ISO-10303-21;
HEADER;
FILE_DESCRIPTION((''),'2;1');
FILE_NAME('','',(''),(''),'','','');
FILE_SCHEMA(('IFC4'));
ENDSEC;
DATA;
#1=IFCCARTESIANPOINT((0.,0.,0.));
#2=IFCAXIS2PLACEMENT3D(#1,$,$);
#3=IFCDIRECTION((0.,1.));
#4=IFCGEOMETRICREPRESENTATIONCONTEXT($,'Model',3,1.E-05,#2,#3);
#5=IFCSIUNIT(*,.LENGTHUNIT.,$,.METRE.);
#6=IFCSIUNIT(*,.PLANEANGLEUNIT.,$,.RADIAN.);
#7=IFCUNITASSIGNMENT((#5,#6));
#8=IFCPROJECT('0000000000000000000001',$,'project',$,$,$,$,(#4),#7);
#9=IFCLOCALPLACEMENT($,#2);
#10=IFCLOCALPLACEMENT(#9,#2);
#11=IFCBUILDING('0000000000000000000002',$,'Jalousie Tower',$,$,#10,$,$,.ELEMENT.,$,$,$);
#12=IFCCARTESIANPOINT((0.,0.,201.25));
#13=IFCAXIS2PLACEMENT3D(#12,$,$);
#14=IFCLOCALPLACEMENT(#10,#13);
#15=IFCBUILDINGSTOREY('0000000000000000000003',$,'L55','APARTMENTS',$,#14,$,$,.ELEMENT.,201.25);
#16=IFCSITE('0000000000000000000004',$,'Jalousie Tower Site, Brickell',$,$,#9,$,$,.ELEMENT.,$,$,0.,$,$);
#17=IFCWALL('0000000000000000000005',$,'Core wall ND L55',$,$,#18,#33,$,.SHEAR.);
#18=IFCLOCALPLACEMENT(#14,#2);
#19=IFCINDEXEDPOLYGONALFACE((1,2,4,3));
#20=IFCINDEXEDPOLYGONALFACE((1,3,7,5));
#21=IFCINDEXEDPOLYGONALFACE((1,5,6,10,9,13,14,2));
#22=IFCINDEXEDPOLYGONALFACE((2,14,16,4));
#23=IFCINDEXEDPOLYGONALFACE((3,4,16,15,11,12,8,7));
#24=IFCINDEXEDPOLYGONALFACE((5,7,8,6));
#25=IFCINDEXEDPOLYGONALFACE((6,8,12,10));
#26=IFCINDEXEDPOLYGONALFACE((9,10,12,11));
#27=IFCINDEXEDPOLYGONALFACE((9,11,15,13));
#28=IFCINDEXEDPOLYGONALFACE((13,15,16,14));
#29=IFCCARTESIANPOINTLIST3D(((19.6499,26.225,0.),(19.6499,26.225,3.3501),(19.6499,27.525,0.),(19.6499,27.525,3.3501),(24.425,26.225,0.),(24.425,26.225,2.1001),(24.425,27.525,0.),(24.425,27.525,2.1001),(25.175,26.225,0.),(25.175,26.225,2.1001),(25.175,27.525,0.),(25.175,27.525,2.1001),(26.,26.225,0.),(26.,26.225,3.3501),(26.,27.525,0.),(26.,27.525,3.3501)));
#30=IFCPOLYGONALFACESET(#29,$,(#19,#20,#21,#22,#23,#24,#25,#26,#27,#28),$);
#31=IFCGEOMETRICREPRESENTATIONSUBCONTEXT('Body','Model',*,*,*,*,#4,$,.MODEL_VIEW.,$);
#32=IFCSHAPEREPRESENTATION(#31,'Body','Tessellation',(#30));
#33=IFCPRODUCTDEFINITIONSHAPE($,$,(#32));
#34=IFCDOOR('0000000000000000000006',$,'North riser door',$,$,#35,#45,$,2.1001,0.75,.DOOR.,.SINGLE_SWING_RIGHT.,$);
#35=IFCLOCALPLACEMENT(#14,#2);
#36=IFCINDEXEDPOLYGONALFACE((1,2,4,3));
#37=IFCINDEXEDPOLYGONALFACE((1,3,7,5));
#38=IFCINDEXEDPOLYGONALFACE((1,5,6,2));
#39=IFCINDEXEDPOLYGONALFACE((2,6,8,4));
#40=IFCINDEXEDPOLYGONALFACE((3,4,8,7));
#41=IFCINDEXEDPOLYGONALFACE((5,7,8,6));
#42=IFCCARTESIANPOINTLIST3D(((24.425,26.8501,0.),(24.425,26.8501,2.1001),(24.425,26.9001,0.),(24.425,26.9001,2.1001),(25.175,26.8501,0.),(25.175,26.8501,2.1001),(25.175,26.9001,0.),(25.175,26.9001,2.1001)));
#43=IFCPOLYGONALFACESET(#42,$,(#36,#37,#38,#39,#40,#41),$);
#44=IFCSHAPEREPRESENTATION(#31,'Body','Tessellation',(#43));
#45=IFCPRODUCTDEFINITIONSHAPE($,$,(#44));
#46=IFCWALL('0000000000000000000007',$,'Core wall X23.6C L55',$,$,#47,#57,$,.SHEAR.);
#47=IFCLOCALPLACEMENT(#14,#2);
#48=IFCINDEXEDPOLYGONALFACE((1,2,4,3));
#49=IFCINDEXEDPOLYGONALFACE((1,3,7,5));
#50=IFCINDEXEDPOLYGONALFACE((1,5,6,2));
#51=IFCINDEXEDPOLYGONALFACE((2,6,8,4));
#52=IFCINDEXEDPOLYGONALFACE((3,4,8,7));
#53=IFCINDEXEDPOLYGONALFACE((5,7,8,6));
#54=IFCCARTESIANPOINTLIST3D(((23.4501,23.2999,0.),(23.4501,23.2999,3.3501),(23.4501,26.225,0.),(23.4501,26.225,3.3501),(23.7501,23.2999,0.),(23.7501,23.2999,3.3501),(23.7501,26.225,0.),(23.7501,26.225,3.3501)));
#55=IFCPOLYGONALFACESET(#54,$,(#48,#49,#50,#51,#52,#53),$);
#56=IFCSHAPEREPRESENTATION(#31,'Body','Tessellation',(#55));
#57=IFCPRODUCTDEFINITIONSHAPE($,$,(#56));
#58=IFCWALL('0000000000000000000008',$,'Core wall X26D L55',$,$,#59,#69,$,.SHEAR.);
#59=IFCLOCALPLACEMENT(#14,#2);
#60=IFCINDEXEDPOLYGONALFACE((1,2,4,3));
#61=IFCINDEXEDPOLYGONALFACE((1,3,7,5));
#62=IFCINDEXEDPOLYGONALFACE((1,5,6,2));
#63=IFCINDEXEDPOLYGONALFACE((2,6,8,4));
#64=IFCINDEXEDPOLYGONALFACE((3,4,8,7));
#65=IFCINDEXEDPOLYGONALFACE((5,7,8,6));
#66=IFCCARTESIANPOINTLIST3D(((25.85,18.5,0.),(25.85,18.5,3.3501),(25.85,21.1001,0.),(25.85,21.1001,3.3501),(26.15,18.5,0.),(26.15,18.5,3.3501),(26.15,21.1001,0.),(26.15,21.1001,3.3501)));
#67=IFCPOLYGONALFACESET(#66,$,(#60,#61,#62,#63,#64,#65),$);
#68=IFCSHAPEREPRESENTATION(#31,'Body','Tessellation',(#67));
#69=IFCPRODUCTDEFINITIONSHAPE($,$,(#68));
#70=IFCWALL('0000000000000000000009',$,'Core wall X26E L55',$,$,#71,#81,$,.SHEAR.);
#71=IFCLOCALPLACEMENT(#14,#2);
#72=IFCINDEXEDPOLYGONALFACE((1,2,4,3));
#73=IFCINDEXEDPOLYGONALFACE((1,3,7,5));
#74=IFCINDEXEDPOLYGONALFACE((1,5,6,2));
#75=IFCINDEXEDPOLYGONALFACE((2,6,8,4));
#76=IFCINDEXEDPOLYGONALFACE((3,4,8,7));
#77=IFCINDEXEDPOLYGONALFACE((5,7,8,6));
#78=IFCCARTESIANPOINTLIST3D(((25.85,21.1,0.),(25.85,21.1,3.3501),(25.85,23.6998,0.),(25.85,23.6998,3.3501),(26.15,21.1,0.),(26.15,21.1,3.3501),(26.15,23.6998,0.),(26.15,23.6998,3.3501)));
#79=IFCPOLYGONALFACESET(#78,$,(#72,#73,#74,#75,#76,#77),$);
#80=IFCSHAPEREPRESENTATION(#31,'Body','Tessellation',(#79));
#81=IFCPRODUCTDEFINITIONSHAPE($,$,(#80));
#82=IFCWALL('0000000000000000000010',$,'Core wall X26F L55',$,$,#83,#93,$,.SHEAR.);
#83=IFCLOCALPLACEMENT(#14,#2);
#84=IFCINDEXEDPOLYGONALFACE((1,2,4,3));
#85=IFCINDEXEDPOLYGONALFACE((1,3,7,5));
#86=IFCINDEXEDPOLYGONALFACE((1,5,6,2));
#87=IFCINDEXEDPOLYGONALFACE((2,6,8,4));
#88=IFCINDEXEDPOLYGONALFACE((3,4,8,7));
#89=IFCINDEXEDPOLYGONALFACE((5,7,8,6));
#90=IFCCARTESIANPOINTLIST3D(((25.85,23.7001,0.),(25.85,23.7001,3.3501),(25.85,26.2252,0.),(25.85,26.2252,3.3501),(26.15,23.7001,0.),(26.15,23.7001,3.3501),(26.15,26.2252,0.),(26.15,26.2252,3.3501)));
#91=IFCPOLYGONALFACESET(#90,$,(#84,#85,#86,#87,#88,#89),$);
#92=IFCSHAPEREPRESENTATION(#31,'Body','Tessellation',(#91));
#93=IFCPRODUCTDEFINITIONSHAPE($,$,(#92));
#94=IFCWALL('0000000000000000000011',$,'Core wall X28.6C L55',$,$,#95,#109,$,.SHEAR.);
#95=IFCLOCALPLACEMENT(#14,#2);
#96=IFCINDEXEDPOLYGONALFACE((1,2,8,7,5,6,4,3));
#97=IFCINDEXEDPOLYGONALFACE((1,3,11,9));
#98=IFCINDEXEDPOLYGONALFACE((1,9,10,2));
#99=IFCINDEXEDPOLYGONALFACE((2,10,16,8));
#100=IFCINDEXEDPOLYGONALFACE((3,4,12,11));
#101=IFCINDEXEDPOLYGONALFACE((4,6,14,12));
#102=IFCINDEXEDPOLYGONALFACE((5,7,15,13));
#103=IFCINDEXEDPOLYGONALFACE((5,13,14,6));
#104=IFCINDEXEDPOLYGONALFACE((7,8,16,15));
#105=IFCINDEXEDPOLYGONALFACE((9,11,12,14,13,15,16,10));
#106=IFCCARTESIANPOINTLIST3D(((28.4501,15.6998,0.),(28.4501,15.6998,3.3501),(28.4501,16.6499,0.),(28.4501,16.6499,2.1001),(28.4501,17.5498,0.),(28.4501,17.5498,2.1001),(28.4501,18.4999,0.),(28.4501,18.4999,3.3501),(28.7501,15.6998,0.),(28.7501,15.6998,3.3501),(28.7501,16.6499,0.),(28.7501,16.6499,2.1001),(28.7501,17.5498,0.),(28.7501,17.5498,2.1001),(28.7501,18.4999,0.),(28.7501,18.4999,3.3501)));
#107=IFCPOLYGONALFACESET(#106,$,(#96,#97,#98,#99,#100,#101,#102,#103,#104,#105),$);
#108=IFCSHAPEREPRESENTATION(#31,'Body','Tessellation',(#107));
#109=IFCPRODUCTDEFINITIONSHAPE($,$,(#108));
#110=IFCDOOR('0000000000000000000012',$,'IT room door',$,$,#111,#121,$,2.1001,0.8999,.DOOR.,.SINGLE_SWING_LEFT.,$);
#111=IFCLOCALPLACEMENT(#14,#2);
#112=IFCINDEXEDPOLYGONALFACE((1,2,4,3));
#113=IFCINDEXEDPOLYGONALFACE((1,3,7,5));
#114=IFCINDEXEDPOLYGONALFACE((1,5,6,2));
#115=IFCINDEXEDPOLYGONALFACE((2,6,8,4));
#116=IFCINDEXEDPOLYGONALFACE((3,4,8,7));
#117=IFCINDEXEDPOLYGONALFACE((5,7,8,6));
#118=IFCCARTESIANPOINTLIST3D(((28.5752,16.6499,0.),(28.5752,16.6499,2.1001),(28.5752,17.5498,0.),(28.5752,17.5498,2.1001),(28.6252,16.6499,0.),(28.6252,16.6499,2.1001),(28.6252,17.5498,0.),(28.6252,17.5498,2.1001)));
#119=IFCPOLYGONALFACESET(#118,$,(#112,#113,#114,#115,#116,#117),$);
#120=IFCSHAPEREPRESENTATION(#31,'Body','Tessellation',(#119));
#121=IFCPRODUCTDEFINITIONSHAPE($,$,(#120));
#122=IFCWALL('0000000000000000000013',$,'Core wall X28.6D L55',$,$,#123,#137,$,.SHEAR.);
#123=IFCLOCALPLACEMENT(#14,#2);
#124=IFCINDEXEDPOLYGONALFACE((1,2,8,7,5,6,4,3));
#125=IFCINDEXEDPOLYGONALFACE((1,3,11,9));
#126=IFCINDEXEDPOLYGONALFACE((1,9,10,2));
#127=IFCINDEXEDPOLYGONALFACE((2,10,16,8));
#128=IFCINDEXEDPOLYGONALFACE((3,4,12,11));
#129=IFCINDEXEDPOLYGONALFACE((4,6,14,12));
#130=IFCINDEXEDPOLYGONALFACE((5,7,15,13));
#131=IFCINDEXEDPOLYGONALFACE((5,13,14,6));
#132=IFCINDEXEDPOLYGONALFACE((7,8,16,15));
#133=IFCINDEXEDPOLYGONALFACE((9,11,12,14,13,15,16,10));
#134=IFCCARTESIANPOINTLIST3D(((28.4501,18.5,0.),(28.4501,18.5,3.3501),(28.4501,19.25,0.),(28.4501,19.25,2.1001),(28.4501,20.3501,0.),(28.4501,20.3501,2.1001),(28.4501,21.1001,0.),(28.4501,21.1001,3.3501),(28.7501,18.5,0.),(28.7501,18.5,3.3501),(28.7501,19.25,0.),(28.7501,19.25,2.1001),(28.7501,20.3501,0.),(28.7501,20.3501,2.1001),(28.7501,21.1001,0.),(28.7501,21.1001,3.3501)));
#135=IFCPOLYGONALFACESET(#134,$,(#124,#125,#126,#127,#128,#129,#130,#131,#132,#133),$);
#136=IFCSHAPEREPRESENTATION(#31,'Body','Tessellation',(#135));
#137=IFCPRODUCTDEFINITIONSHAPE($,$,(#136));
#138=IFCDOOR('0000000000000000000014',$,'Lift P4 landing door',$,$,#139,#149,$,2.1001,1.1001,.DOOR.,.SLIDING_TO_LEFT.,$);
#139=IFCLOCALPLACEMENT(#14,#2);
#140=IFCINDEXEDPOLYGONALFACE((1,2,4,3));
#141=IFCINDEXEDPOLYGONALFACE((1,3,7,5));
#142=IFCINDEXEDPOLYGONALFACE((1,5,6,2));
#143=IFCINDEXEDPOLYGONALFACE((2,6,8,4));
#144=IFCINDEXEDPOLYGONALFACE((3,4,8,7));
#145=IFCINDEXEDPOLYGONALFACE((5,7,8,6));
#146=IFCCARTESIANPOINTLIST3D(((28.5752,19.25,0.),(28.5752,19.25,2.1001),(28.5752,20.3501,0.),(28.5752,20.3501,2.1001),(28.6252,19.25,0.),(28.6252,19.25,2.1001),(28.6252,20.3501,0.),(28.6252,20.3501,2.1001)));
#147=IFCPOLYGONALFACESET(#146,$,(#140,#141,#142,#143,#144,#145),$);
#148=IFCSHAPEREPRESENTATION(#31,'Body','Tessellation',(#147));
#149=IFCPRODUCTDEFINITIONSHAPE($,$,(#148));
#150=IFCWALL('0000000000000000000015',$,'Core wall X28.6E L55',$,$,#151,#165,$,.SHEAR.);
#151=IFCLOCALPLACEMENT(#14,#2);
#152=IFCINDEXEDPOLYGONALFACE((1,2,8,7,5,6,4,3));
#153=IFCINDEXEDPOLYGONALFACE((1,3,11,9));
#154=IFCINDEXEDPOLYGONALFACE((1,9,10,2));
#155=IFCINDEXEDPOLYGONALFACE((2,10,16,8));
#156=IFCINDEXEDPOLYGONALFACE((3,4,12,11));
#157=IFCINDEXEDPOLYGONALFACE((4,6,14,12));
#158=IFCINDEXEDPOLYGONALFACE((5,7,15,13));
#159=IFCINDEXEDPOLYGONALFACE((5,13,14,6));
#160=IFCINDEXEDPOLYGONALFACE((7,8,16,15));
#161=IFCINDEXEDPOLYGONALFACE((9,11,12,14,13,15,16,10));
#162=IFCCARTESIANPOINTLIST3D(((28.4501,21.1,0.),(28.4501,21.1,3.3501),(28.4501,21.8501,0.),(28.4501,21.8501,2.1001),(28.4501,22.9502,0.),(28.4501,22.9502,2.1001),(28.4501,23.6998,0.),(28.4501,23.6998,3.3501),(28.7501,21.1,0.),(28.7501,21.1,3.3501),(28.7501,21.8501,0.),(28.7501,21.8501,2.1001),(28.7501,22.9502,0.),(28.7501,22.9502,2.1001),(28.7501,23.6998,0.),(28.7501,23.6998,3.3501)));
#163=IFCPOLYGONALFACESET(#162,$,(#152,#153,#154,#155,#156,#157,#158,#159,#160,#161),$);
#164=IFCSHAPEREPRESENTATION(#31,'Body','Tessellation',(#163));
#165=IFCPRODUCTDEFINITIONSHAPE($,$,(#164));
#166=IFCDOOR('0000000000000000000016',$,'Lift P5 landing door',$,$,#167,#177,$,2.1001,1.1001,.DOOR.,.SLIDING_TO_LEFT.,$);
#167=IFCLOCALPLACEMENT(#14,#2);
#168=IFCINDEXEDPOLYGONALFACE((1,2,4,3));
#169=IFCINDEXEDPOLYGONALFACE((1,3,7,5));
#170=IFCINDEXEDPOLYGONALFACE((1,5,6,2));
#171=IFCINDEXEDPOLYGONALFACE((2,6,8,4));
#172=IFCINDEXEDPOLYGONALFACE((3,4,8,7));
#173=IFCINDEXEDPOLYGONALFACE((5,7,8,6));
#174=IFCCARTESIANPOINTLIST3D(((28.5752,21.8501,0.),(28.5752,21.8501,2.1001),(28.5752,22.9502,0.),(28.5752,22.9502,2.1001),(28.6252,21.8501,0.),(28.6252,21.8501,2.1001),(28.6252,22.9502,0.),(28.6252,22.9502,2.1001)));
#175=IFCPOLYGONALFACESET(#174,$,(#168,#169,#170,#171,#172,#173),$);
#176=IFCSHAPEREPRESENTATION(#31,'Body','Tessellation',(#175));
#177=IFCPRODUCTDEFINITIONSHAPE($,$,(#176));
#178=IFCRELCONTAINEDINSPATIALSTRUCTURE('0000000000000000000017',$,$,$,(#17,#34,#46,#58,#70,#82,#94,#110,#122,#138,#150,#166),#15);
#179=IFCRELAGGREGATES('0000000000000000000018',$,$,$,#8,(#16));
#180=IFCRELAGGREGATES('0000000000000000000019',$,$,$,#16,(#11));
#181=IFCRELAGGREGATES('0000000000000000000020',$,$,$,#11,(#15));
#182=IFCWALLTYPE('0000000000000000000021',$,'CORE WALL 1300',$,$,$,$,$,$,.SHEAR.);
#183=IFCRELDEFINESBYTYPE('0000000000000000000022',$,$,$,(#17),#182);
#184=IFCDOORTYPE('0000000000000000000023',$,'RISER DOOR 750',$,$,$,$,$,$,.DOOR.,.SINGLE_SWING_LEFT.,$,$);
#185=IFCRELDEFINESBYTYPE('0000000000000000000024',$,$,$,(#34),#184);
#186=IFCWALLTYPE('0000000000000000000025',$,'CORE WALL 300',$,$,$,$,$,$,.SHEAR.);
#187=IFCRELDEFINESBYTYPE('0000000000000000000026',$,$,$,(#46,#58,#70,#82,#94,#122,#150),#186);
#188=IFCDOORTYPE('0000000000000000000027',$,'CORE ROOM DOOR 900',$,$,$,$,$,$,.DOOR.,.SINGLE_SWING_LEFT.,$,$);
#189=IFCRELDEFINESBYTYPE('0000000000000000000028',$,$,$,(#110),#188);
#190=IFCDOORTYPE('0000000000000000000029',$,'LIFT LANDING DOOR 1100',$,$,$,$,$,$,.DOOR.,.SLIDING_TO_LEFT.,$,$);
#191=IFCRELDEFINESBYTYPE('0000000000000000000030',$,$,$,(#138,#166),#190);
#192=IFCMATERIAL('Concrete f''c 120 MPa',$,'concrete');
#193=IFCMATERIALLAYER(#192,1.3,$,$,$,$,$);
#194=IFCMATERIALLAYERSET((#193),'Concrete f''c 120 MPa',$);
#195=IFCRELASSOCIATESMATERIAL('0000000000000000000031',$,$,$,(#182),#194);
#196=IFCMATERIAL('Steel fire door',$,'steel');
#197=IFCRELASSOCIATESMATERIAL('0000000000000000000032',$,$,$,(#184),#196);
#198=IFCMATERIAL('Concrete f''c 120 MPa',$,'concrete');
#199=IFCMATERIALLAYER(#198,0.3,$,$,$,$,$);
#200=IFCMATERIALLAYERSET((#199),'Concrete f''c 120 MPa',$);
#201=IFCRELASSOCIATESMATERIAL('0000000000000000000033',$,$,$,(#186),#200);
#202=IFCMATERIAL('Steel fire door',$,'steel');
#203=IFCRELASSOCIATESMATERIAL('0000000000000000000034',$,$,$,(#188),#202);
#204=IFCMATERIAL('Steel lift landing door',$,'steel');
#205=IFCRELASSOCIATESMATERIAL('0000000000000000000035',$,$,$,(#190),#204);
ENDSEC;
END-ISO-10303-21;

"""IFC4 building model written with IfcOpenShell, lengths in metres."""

from ifc_helpers import new_model, si_unit, direction, frame, frame_2d, origin, place, context, subcontext, project, spatial, rectangle, extrude, material, layer, layer_set, type_object, element, fill, save


model = new_model("IFC4")

# Units and contexts
model_context = context("Model", 3, precision=1e-05, world=origin(), true_north=direction((0.0, 1.0)))
body_context = subcontext(model_context, "Body", "Model", "MODEL_VIEW")
ifc_project = project(units=[si_unit("LENGTHUNIT", "METRE"), si_unit("PLANEANGLEUNIT", "RADIAN")], contexts=[model_context])

# Site, building, storey
site_placement = place(None, origin())
site = spatial("IfcSite", under=ifc_project, at=site_placement, Name="Jalousie Tower Site, Brickell", CompositionType="ELEMENT", RefElevation=0.0)
building_placement = place(site_placement, origin())
building = spatial("IfcBuilding", under=site, at=building_placement, Name="Jalousie Tower", CompositionType="ELEMENT")
storey_placement = place(building_placement, frame((0.0, 0.0, 201.25)))
storey = spatial("IfcBuildingStorey", under=building, at=storey_placement, Name="L55", Description="APARTMENTS", CompositionType="ELEMENT", Elevation=201.25)

# Wall, opening, door
ifc_material_1 = material(Name="Concrete f'c 120 MPa", Category="concrete")
ifc_layer_1 = layer(ifc_material_1, 1.3)
ifc_layer_set_1 = layer_set([ifc_layer_1], Name="Concrete f'c 120 MPa")
wall_type_1 = type_object("IfcWallType", Name="CORE WALL 1300", PredefinedType="SHEAR", material=ifc_layer_set_1)
wall_1_placement = place(storey_placement, frame((26.0, 26.875, 0.0), z_axis=(0.0, 0.0, 1.0), x_axis=(-1.0, 0.0, 0.0)))
wall_1 = element("IfcWall", 1, at=wall_1_placement, inside=storey, type_object=wall_type_1, Name="Core wall ND L55", PredefinedType="SHEAR", context=body_context, shape_type="SweptSolid", body=[
    extrude(rectangle(XDim=6.3501, YDim=1.3, at=frame_2d((3.175, 0.0))), origin(), (0.0, 0.0, 1.0), 3.3501),
])
opening_1_placement = place(wall_1_placement, frame((0.825, 0.0, 0.0)))
opening_1 = element("IfcOpeningElement", 2, at=opening_1_placement, cuts=wall_1, PredefinedType="OPENING", context=body_context, shape_type="SweptSolid", body=[
    extrude(rectangle(XDim=0.75, YDim=2.1001, at=frame_2d((0.375, 1.05))), frame((0.0, 0.6599, 0.0), z_axis=(0.0, -1.0, 0.0), x_axis=(1.0, 0.0, 0.0)), (0.0, 0.0, 1.0), 1.3201),
])
ifc_material_2 = material(Name="Steel fire door", Category="steel")
door_type_1 = type_object("IfcDoorType", Name="RISER DOOR 750", OperationType="SINGLE_SWING_LEFT", PredefinedType="DOOR", material=ifc_material_2)
door_1_placement = place(opening_1_placement, origin())
door_1 = element("IfcDoor", 3, at=door_1_placement, inside=storey, type_object=door_type_1, Name="North riser door", OperationType="SINGLE_SWING_RIGHT", OverallHeight=2.1001, OverallWidth=0.75, PredefinedType="DOOR", context=body_context, shape_type="SweptSolid", body=[
    extrude(rectangle(XDim=0.75, YDim=2.1001, at=frame_2d((0.375, 1.05))), frame((0.0, 0.0249, 0.0), z_axis=(0.0, -1.0, 0.0), x_axis=(1.0, 0.0, 0.0)), (0.0, 0.0, 1.0), 0.05),
])
fill(opening_1, door_1)

# Walls
ifc_material_3 = material(Name="Concrete f'c 120 MPa", Category="concrete")
ifc_layer_2 = layer(ifc_material_3, 0.3)
ifc_layer_set_2 = layer_set([ifc_layer_2], Name="Concrete f'c 120 MPa")
wall_type_2 = type_object("IfcWallType", Name="CORE WALL 300", PredefinedType="SHEAR", material=ifc_layer_set_2)
wall_2_placement = place(storey_placement, frame((23.6001, 23.3, 0.0), z_axis=(0.0, 0.0, 1.0), x_axis=(0.0, 1.0, 0.0)))
element("IfcWall", 4, at=wall_2_placement, inside=storey, type_object=wall_type_2, Name="Core wall X23.6C L55", PredefinedType="SHEAR", context=body_context, shape_type="SweptSolid", body=[
    extrude(rectangle(XDim=2.925, YDim=0.3, at=frame_2d((1.4624, 0.0))), origin(), (0.0, 0.0, 1.0), 3.3501),
])
wall_3_placement = place(storey_placement, frame((26.0, 18.5, 0.0), z_axis=(0.0, 0.0, 1.0), x_axis=(0.0, 1.0, 0.0)))
element("IfcWall", 5, at=wall_3_placement, inside=storey, type_object=wall_type_2, Name="Core wall X26D L55", PredefinedType="SHEAR", context=body_context, shape_type="SweptSolid", body=[
    extrude(rectangle(XDim=2.6001, YDim=0.3, at=frame_2d((1.3, 0.0))), origin(), (0.0, 0.0, 1.0), 3.3501),
])
wall_4_placement = place(storey_placement, frame((26.0, 21.1001, 0.0), z_axis=(0.0, 0.0, 1.0), x_axis=(0.0, 1.0, 0.0)))
element("IfcWall", 6, at=wall_4_placement, inside=storey, type_object=wall_type_2, Name="Core wall X26E L55", PredefinedType="SHEAR", context=body_context, shape_type="SweptSolid", body=[
    extrude(rectangle(XDim=2.5999, YDim=0.3, at=frame_2d((1.2998, 0.0))), origin(), (0.0, 0.0, 1.0), 3.3501),
])
wall_5_placement = place(storey_placement, frame((26.0, 23.7, 0.0), z_axis=(0.0, 0.0, 1.0), x_axis=(0.0, 1.0, 0.0)))
element("IfcWall", 7, at=wall_5_placement, inside=storey, type_object=wall_type_2, Name="Core wall X26F L55", PredefinedType="SHEAR", context=body_context, shape_type="SweptSolid", body=[
    extrude(rectangle(XDim=2.5251, YDim=0.3, at=frame_2d((1.2627, 0.0))), origin(), (0.0, 0.0, 1.0), 3.3501),
])

# Walls, openings, doors
wall_6_placement = place(storey_placement, frame((28.6001, 15.7, 0.0), z_axis=(0.0, 0.0, 1.0), x_axis=(0.0, 1.0, 0.0)))
wall_6 = element("IfcWall", 8, at=wall_6_placement, inside=storey, type_object=wall_type_2, Name="Core wall X28.6C L55", PredefinedType="SHEAR", context=body_context, shape_type="SweptSolid", body=[
    extrude(rectangle(XDim=2.8, YDim=0.3, at=frame_2d((1.3999, 0.0))), origin(), (0.0, 0.0, 1.0), 3.3501),
])
opening_2_placement = place(wall_6_placement, frame((0.95, 0.0, 0.0)))
opening_2 = element("IfcOpeningElement", 9, at=opening_2_placement, cuts=wall_6, PredefinedType="OPENING", context=body_context, shape_type="SweptSolid", body=[
    extrude(rectangle(XDim=0.8999, YDim=2.1001, at=frame_2d((0.45, 1.05))), frame((0.0, 0.1599, 0.0), z_axis=(0.0, -1.0, 0.0), x_axis=(1.0, 0.0, 0.0)), (0.0, 0.0, 1.0), 0.3201),
])
ifc_material_4 = material(Name="Steel fire door", Category="steel")
door_type_2 = type_object("IfcDoorType", Name="CORE ROOM DOOR 900", OperationType="SINGLE_SWING_LEFT", PredefinedType="DOOR", material=ifc_material_4)
door_2_placement = place(opening_2_placement, origin())
door_2 = element("IfcDoor", 10, at=door_2_placement, inside=storey, type_object=door_type_2, Name="IT room door", OperationType="SINGLE_SWING_LEFT", OverallHeight=2.1001, OverallWidth=0.8999, PredefinedType="DOOR", context=body_context, shape_type="SweptSolid", body=[
    extrude(rectangle(XDim=0.8999, YDim=2.1001, at=frame_2d((0.45, 1.05))), frame((0.0, 0.0249, 0.0), z_axis=(0.0, -1.0, 0.0), x_axis=(1.0, 0.0, 0.0)), (0.0, 0.0, 1.0), 0.05),
])
fill(opening_2, door_2)
wall_7_placement = place(storey_placement, frame((28.6001, 18.5, 0.0), z_axis=(0.0, 0.0, 1.0), x_axis=(0.0, 1.0, 0.0)))
wall_7 = element("IfcWall", 11, at=wall_7_placement, inside=storey, type_object=wall_type_2, Name="Core wall X28.6D L55", PredefinedType="SHEAR", context=body_context, shape_type="SweptSolid", body=[
    extrude(rectangle(XDim=2.6001, YDim=0.3, at=frame_2d((1.3, 0.0))), origin(), (0.0, 0.0, 1.0), 3.3501),
])
opening_3_placement = place(wall_7_placement, frame((0.75, 0.0, 0.0)))
opening_3 = element("IfcOpeningElement", 12, at=opening_3_placement, cuts=wall_7, PredefinedType="OPENING", context=body_context, shape_type="SweptSolid", body=[
    extrude(rectangle(XDim=1.1001, YDim=2.1001, at=frame_2d((0.55, 1.05))), frame((0.0, 0.1599, 0.0), z_axis=(0.0, -1.0, 0.0), x_axis=(1.0, 0.0, 0.0)), (0.0, 0.0, 1.0), 0.3201),
])
ifc_material_5 = material(Name="Steel lift landing door", Category="steel")
door_type_3 = type_object("IfcDoorType", Name="LIFT LANDING DOOR 1100", OperationType="SLIDING_TO_LEFT", PredefinedType="DOOR", material=ifc_material_5)
door_3_placement = place(opening_3_placement, origin())
door_3 = element("IfcDoor", 13, at=door_3_placement, inside=storey, type_object=door_type_3, Name="Lift P4 landing door", OperationType="SLIDING_TO_LEFT", OverallHeight=2.1001, OverallWidth=1.1001, PredefinedType="DOOR", context=body_context, shape_type="SweptSolid", body=[
    extrude(rectangle(XDim=1.1001, YDim=2.1001, at=frame_2d((0.55, 1.05))), frame((0.0, 0.0249, 0.0), z_axis=(0.0, -1.0, 0.0), x_axis=(1.0, 0.0, 0.0)), (0.0, 0.0, 1.0), 0.05),
])
fill(opening_3, door_3)
wall_8_placement = place(storey_placement, frame((28.6001, 21.1001, 0.0), z_axis=(0.0, 0.0, 1.0), x_axis=(0.0, 1.0, 0.0)))
wall_8 = element("IfcWall", 14, at=wall_8_placement, inside=storey, type_object=wall_type_2, Name="Core wall X28.6E L55", PredefinedType="SHEAR", context=body_context, shape_type="SweptSolid", body=[
    extrude(rectangle(XDim=2.5999, YDim=0.3, at=frame_2d((1.2998, 0.0))), origin(), (0.0, 0.0, 1.0), 3.3501),
])
opening_4_placement = place(wall_8_placement, frame((0.75, 0.0, 0.0)))
opening_4 = element("IfcOpeningElement", 15, at=opening_4_placement, cuts=wall_8, PredefinedType="OPENING", context=body_context, shape_type="SweptSolid", body=[
    extrude(rectangle(XDim=1.1001, YDim=2.1001, at=frame_2d((0.55, 1.05))), frame((0.0, 0.1599, 0.0), z_axis=(0.0, -1.0, 0.0), x_axis=(1.0, 0.0, 0.0)), (0.0, 0.0, 1.0), 0.3201),
])
door_4_placement = place(opening_4_placement, origin())
door_4 = element("IfcDoor", 16, at=door_4_placement, inside=storey, type_object=door_type_3, Name="Lift P5 landing door", OperationType="SLIDING_TO_LEFT", OverallHeight=2.1001, OverallWidth=1.1001, PredefinedType="DOOR", context=body_context, shape_type="SweptSolid", body=[
    extrude(rectangle(XDim=1.1001, YDim=2.1001, at=frame_2d((0.55, 1.05))), frame((0.0, 0.0249, 0.0), z_axis=(0.0, -1.0, 0.0), x_axis=(1.0, 0.0, 0.0)), (0.0, 0.0, 1.0), 0.05),
])
fill(opening_4, door_4)

save(model, "model.ifc")
